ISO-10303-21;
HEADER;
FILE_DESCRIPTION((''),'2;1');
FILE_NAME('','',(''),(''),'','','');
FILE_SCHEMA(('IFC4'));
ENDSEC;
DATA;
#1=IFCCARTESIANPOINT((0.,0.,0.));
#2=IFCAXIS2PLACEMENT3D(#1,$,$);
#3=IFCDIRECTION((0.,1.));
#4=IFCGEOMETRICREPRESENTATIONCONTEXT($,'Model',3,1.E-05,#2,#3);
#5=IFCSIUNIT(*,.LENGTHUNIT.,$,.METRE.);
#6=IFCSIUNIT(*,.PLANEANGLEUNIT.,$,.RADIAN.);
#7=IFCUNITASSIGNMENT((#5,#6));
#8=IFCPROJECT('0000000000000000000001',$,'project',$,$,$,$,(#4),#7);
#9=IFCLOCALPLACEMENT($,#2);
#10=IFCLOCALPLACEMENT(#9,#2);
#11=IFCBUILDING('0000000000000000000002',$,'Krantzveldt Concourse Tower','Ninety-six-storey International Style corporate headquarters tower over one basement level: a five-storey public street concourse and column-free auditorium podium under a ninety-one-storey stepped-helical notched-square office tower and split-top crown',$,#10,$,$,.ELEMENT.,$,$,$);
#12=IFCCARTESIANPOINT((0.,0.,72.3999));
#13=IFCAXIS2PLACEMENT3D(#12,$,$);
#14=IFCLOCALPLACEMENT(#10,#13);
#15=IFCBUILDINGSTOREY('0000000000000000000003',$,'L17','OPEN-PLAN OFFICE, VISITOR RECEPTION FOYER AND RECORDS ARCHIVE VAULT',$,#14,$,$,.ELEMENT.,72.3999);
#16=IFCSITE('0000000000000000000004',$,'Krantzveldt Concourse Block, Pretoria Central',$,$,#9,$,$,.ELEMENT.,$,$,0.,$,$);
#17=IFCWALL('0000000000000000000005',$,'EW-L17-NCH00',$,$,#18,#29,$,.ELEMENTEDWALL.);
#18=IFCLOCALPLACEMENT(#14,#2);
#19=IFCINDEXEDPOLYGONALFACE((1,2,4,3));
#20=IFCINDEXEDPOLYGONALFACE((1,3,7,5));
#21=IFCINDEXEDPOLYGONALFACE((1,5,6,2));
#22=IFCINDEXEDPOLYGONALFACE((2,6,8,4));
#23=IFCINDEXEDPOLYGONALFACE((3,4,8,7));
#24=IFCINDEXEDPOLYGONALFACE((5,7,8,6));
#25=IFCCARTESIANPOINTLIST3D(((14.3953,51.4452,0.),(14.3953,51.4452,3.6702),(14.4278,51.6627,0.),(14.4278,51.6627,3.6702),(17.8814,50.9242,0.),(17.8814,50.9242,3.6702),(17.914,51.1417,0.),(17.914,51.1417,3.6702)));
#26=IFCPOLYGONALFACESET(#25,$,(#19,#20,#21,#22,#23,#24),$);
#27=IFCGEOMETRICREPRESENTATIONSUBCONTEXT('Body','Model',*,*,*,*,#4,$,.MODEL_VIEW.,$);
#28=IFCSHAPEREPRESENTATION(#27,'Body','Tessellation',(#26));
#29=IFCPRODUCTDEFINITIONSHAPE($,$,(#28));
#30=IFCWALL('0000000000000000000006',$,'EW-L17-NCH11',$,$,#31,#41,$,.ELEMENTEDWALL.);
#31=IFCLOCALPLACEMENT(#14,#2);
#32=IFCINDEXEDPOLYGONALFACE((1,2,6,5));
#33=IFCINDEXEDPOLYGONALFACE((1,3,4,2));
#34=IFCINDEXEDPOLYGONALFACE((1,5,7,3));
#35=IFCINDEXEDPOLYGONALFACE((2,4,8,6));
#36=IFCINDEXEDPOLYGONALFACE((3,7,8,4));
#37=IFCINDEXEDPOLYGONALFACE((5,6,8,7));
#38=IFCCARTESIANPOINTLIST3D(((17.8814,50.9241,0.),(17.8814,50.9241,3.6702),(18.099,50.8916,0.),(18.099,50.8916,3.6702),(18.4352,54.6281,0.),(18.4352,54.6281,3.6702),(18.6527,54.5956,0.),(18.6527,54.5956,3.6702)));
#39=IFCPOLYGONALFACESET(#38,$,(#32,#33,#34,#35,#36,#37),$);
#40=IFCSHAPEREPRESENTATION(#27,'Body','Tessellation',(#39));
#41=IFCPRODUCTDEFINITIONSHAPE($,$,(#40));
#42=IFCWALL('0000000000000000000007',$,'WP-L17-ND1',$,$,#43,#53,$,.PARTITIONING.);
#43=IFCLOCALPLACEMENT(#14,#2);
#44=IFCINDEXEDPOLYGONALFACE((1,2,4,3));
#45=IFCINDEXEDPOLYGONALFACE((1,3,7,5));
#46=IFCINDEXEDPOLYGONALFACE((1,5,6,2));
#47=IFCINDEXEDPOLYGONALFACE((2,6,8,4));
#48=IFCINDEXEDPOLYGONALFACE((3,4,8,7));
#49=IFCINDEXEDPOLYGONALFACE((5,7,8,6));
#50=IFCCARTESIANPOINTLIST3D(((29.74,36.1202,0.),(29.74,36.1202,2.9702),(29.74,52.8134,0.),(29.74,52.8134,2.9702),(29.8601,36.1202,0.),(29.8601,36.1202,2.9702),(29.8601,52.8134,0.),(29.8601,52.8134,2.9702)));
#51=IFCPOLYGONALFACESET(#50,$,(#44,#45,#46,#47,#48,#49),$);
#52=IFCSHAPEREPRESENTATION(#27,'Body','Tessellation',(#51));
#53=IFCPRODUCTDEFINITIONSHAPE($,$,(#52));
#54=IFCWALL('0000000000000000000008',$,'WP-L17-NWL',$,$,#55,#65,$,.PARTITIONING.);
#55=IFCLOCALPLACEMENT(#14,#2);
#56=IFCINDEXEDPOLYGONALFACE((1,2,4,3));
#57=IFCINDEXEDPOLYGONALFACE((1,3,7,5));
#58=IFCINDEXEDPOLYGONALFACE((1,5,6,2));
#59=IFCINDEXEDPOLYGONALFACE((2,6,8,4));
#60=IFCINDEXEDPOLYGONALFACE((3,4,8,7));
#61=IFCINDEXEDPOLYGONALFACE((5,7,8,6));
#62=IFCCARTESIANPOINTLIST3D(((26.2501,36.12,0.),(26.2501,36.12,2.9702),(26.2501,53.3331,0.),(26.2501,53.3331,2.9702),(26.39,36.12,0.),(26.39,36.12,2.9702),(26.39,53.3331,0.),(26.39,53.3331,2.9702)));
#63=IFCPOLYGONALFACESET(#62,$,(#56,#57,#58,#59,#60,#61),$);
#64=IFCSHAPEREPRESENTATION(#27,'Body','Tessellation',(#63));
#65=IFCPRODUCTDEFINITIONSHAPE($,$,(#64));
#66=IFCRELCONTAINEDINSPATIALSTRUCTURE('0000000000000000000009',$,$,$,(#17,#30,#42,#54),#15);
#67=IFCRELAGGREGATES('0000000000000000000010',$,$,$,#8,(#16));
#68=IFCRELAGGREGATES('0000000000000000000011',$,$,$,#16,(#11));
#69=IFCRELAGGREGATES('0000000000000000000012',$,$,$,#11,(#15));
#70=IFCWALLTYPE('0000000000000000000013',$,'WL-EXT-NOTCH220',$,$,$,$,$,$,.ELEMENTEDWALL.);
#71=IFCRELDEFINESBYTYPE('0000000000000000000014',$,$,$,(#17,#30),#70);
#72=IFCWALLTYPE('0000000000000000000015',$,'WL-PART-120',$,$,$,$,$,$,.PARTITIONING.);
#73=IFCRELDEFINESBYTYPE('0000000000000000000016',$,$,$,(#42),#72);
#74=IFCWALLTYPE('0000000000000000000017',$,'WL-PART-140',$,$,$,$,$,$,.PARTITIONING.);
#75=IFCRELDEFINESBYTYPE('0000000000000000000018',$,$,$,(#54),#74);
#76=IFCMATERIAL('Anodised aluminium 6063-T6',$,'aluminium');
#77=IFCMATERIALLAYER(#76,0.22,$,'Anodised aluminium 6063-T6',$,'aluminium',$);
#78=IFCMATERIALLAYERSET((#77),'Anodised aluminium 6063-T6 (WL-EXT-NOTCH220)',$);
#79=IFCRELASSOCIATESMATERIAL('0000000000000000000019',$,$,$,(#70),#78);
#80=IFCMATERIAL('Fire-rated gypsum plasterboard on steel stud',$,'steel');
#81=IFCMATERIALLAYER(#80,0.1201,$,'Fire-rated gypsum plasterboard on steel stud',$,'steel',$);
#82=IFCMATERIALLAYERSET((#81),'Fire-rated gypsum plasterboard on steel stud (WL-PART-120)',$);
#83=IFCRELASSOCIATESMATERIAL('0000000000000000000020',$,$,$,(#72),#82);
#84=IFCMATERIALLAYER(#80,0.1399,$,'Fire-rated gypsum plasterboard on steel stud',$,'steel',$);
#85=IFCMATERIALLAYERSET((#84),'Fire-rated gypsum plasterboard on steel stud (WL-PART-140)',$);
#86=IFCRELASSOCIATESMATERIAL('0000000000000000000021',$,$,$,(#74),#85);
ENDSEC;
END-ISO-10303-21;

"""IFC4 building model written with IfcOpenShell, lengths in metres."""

from ifc_helpers import new_model, si_unit, direction, frame, frame_2d, origin, place, context, subcontext, project, spatial, rectangle, extrude, material, layer, layer_set, type_object, element, save


model = new_model("IFC4")

# Units and contexts
model_context = context("Model", 3, precision=1e-05, world=origin(), true_north=direction((0.0, 1.0)))
body_context = subcontext(model_context, "Body", "Model", "MODEL_VIEW")
ifc_project = project(units=[si_unit("LENGTHUNIT", "METRE"), si_unit("PLANEANGLEUNIT", "RADIAN")], contexts=[model_context])

# Site, building, storey
site_placement = place(None, origin())
site = spatial("IfcSite", under=ifc_project, at=site_placement, Name="Krantzveldt Concourse Block, Pretoria Central", CompositionType="ELEMENT", RefElevation=0.0)
building_placement = place(site_placement, origin())
building = spatial("IfcBuilding", under=site, at=building_placement, Name="Krantzveldt Concourse Tower", Description="Ninety-six-storey International Style corporate headquarters tower over one basement level: a five-storey public street concourse and column-free auditorium podium under a ninety-one-storey stepped-helical notched-square office tower and split-top crown", CompositionType="ELEMENT")
storey_placement = place(building_placement, frame((0.0, 0.0, 72.3999)))
storey = spatial("IfcBuildingStorey", under=building, at=storey_placement, Name="L17", Description="OPEN-PLAN OFFICE, VISITOR RECEPTION FOYER AND RECORDS ARCHIVE VAULT", CompositionType="ELEMENT", Elevation=72.3999)

# Shared definitions
ifc_material_1 = material(Name="Anodised aluminium 6063-T6", Category="aluminium")

# Walls
ifc_layer_1 = layer(ifc_material_1, 0.22, Name="Anodised aluminium 6063-T6", Category="aluminium")
ifc_layer_set_1 = layer_set([ifc_layer_1], Name="Anodised aluminium 6063-T6 (WL-EXT-NOTCH220)")
wall_type_1 = type_object("IfcWallType", Name="WL-EXT-NOTCH220", PredefinedType="ELEMENTEDWALL", material=ifc_layer_set_1)
wall_1_placement = place(storey_placement, frame((17.8977, 51.033, 0.0), z_axis=(0.0, 0.0, 1.0), x_axis=(-0.989016, 0.147809, 0.0)))
element("IfcWall", 1, at=wall_1_placement, inside=storey, type_object=wall_type_1, Name="EW-L17-NCH00", PredefinedType="ELEMENTEDWALL", context=body_context, shape_type="SweptSolid", body=[
    extrude(rectangle(XDim=3.5249, YDim=0.22, at=frame_2d((1.7625, 0.0))), origin(), (0.0, 0.0, 1.0), 3.6702),
])
wall_2_placement = place(storey_placement, frame((18.5439, 54.6118, 0.0), z_axis=(0.0, 0.0, 1.0), x_axis=(-0.147853, -0.989009, 0.0)))
element("IfcWall", 2, at=wall_2_placement, inside=storey, type_object=wall_type_1, Name="EW-L17-NCH11", PredefinedType="ELEMENTEDWALL", context=body_context, shape_type="SweptSolid", body=[
    extrude(rectangle(XDim=3.7451, YDim=0.22, at=frame_2d((1.8726, 0.0))), origin(), (0.0, 0.0, 1.0), 3.6702),
])
ifc_material_2 = material(Name="Fire-rated gypsum plasterboard on steel stud", Category="steel")
ifc_layer_2 = layer(ifc_material_2, 0.1201, Name="Fire-rated gypsum plasterboard on steel stud", Category="steel")
ifc_layer_set_2 = layer_set([ifc_layer_2], Name="Fire-rated gypsum plasterboard on steel stud (WL-PART-120)")
wall_type_2 = type_object("IfcWallType", Name="WL-PART-120", PredefinedType="PARTITIONING", material=ifc_layer_set_2)
wall_3_placement = place(storey_placement, frame((29.8, 36.1201, 0.0), z_axis=(0.0, 0.0, 1.0), x_axis=(0.0, 1.0, 0.0)))
element("IfcWall", 3, at=wall_3_placement, inside=storey, type_object=wall_type_2, Name="WP-L17-ND1", PredefinedType="PARTITIONING", context=body_context, shape_type="SweptSolid", body=[
    extrude(rectangle(XDim=16.6931, YDim=0.1201, at=frame_2d((8.3467, 0.0))), origin(), (0.0, 0.0, 1.0), 2.9702),
])
ifc_layer_3 = layer(ifc_material_2, 0.1399, Name="Fire-rated gypsum plasterboard on steel stud", Category="steel")
ifc_layer_set_3 = layer_set([ifc_layer_3], Name="Fire-rated gypsum plasterboard on steel stud (WL-PART-140)")
wall_type_3 = type_object("IfcWallType", Name="WL-PART-140", PredefinedType="PARTITIONING", material=ifc_layer_set_3)
wall_4_placement = place(storey_placement, frame((26.3201, 36.1201, 0.0), z_axis=(0.0, 0.0, 1.0), x_axis=(0.0, 1.0, 0.0)))
element("IfcWall", 4, at=wall_4_placement, inside=storey, type_object=wall_type_3, Name="WP-L17-NWL", PredefinedType="PARTITIONING", context=body_context, shape_type="SweptSolid", body=[
    extrude(rectangle(XDim=17.2131, YDim=0.1399, at=frame_2d((8.6064, 0.0))), origin(), (0.0, 0.0, 1.0), 2.9702),
])

save(model, "model.ifc")
